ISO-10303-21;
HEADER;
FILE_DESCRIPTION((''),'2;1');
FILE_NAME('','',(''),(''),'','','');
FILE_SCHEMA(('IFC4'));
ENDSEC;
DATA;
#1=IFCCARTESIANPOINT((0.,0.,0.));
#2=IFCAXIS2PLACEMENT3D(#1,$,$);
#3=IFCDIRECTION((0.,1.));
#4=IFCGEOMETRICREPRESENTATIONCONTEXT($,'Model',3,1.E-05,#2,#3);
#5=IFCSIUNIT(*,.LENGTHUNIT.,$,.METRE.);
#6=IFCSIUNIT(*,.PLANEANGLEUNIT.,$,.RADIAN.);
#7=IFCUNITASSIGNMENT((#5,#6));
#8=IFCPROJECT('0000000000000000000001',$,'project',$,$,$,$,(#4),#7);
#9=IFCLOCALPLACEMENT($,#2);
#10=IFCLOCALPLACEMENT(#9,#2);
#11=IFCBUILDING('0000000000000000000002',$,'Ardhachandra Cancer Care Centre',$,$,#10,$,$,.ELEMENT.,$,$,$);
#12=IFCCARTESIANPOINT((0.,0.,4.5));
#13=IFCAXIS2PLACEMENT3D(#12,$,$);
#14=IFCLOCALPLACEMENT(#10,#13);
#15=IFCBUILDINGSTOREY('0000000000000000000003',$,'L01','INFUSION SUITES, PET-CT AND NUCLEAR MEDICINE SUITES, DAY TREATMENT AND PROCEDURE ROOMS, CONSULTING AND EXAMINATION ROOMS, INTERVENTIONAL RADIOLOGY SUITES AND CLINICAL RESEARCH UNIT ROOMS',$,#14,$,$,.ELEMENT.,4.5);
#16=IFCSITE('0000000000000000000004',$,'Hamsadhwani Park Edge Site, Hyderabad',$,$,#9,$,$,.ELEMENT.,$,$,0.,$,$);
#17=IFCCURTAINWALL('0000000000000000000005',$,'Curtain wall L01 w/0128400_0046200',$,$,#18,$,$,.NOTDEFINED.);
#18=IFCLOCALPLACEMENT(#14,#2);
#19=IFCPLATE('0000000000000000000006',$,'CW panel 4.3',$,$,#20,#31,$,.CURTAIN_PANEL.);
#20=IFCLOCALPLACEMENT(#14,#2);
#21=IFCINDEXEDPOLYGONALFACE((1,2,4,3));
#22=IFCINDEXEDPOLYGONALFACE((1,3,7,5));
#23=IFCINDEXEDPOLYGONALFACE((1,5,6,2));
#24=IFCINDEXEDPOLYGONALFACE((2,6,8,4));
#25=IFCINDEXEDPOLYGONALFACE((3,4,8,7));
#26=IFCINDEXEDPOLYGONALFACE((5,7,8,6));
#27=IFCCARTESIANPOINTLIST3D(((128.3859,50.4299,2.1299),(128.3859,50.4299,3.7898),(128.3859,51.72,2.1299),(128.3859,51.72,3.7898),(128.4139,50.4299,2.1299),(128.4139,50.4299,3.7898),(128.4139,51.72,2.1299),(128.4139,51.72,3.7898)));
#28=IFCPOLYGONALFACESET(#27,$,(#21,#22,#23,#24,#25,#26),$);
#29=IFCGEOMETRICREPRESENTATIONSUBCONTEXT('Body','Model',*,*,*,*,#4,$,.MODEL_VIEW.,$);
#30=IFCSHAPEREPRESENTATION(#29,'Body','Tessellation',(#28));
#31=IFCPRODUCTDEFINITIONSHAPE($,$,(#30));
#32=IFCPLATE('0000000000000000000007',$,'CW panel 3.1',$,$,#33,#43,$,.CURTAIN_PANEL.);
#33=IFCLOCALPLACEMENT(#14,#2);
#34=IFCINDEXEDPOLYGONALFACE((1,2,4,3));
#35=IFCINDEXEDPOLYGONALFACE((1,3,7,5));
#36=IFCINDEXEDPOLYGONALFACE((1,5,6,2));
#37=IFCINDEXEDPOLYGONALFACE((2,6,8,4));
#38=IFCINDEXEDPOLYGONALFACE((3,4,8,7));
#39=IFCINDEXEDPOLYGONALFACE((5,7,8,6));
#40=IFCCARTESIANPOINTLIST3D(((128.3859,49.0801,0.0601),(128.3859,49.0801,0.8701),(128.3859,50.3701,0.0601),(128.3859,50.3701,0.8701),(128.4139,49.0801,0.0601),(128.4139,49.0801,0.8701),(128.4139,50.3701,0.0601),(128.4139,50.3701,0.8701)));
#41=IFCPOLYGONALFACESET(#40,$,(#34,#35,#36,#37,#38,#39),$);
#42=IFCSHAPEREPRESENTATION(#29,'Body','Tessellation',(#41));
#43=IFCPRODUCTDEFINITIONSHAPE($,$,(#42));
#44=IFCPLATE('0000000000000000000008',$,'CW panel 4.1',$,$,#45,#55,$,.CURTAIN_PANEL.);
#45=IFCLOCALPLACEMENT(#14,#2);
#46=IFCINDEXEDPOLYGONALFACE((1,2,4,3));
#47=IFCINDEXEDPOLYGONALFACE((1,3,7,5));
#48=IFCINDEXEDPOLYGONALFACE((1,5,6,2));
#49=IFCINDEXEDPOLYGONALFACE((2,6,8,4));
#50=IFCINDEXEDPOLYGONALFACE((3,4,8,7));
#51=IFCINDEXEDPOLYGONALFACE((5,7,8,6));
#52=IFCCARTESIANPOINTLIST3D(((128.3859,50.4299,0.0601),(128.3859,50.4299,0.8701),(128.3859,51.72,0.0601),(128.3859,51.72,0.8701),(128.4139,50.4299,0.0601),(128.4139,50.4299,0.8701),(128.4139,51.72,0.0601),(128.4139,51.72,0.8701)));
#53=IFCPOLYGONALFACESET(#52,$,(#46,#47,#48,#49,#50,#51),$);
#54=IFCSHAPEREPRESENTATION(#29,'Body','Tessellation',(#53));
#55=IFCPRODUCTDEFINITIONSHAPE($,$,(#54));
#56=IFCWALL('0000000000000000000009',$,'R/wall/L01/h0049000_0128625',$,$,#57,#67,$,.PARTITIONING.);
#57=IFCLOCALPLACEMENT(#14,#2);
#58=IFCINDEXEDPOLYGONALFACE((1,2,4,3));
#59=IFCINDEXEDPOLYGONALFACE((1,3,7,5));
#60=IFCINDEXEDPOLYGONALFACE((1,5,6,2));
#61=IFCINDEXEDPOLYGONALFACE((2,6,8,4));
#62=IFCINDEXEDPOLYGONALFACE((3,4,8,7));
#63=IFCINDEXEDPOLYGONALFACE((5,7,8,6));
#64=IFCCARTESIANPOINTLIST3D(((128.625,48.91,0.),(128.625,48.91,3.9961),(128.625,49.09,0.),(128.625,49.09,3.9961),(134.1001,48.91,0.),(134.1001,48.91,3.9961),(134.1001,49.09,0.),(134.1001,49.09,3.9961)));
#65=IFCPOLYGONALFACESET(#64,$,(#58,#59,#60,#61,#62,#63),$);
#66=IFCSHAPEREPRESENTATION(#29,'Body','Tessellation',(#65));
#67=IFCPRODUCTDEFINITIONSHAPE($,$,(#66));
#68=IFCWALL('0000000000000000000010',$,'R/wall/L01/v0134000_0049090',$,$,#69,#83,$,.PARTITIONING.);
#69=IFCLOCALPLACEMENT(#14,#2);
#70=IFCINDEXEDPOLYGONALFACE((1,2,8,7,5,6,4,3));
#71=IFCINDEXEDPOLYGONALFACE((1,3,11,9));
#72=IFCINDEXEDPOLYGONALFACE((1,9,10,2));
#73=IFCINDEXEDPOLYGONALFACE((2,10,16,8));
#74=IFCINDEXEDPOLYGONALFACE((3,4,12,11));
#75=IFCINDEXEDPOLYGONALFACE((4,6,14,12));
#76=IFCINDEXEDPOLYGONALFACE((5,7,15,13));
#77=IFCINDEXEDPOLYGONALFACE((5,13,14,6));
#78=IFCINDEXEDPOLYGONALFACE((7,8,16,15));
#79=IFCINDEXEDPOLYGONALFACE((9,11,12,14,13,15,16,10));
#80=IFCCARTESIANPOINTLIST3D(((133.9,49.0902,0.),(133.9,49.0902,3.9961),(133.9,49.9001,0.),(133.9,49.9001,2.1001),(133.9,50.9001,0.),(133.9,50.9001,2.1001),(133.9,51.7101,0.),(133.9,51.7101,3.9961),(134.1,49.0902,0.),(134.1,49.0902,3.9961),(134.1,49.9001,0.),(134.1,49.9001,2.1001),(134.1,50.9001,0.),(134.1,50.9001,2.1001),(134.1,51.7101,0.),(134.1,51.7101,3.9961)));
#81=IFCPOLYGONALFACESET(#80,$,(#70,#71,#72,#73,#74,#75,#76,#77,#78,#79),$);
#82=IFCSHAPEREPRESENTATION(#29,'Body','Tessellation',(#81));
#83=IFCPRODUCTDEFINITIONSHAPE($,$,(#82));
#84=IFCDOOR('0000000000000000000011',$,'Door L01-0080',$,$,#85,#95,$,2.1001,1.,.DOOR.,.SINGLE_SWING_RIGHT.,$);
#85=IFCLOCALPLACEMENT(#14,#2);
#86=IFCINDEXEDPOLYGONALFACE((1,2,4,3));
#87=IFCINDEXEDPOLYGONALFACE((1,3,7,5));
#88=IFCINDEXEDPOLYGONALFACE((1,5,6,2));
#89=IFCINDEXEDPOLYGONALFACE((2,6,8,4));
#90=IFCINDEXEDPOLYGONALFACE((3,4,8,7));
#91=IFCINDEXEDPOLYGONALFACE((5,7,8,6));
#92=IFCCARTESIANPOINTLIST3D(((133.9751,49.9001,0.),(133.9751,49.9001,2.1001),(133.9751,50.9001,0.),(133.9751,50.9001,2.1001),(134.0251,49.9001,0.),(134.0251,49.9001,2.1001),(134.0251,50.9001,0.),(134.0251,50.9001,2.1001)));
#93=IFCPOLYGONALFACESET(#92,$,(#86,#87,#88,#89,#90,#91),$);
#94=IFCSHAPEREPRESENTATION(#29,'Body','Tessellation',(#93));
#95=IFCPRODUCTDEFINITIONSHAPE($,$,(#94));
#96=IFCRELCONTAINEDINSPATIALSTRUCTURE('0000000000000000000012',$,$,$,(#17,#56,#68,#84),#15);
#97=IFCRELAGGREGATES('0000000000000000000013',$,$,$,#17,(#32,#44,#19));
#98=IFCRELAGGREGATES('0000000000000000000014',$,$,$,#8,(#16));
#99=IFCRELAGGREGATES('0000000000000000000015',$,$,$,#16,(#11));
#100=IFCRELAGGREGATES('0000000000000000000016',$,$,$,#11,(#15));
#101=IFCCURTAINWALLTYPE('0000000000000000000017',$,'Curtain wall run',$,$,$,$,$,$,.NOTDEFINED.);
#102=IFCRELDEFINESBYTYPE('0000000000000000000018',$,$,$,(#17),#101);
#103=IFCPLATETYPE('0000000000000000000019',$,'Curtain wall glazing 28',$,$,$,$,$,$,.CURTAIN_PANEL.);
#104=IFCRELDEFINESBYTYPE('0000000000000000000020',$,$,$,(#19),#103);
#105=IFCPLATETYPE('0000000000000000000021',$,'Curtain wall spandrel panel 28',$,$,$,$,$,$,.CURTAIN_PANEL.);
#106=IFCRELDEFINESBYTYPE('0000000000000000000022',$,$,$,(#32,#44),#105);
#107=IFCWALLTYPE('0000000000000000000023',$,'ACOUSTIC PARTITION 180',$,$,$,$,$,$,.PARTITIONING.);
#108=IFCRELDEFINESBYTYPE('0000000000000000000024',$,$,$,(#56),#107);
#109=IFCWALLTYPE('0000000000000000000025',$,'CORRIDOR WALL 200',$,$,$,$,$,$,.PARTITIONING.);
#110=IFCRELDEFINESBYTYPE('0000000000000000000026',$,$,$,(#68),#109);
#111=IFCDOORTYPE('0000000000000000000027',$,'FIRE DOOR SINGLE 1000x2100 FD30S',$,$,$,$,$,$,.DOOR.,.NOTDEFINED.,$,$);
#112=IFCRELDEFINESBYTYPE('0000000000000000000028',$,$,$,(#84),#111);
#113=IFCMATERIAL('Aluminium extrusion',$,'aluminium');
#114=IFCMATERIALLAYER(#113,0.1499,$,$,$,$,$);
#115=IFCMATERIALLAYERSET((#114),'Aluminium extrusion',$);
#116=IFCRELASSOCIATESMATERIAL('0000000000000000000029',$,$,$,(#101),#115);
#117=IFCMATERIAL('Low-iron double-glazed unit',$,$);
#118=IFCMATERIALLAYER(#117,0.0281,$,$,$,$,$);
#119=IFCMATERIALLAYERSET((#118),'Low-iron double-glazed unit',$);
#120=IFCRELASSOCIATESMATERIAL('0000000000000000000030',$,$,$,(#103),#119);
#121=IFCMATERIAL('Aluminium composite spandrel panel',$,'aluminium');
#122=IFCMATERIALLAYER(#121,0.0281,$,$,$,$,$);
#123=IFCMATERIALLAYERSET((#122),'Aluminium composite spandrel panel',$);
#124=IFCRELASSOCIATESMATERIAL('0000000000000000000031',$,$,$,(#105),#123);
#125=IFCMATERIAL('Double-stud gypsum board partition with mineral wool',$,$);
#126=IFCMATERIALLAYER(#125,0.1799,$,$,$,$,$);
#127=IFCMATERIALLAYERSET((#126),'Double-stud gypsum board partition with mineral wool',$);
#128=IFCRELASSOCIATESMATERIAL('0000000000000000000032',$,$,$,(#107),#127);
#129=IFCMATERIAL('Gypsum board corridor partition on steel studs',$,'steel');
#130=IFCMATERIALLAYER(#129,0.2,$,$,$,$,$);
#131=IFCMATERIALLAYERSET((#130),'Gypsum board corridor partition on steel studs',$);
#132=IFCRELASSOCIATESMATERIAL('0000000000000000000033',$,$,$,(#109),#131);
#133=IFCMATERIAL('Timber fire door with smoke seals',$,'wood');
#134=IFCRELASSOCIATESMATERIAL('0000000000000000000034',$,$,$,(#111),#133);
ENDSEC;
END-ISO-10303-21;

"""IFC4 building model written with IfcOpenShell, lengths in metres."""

from ifc_helpers import new_model, si_unit, direction, frame, frame_2d, origin, origin_2d, place, context, subcontext, project, spatial, rectangle, extrude, material, layer, layer_set, type_object, element, fill, aggregate, save


model = new_model("IFC4")

# Units and contexts
model_context = context("Model", 3, precision=1e-05, world=origin(), true_north=direction((0.0, 1.0)))
body_context = subcontext(model_context, "Body", "Model", "MODEL_VIEW")
ifc_project = project(units=[si_unit("LENGTHUNIT", "METRE"), si_unit("PLANEANGLEUNIT", "RADIAN")], contexts=[model_context])

# Site, building, storey
site_placement = place(None, origin())
site = spatial("IfcSite", under=ifc_project, at=site_placement, Name="Hamsadhwani Park Edge Site, Hyderabad", CompositionType="ELEMENT", RefElevation=0.0)
building_placement = place(site_placement, origin())
building = spatial("IfcBuilding", under=site, at=building_placement, Name="Ardhachandra Cancer Care Centre", CompositionType="ELEMENT")
storey_placement = place(building_placement, frame((0.0, 0.0, 4.5)))
storey = spatial("IfcBuildingStorey", under=building, at=storey_placement, Name="L01", Description="INFUSION SUITES, PET-CT AND NUCLEAR MEDICINE SUITES, DAY TREATMENT AND PROCEDURE ROOMS, CONSULTING AND EXAMINATION ROOMS, INTERVENTIONAL RADIOLOGY SUITES AND CLINICAL RESEARCH UNIT ROOMS", CompositionType="ELEMENT", Elevation=4.5)

# Curtain wall, plates
ifc_material_1 = material(Name="Aluminium extrusion", Category="aluminium")
ifc_layer_1 = layer(ifc_material_1, 0.1499)
ifc_layer_set_1 = layer_set([ifc_layer_1], Name="Aluminium extrusion")
curtain_wall_type = type_object("IfcCurtainWallType", Name="Curtain wall run", PredefinedType="NOTDEFINED", material=ifc_layer_set_1)
curtain_wall_placement = place(storey_placement, origin())
curtain_wall = element("IfcCurtainWall", 1, at=curtain_wall_placement, inside=storey, type_object=curtain_wall_type, Name="Curtain wall L01 w/0128400_0046200", PredefinedType="NOTDEFINED")
ifc_material_2 = material(Name="Low-iron double-glazed unit")
ifc_layer_2 = layer(ifc_material_2, 0.0281)
ifc_layer_set_2 = layer_set([ifc_layer_2], Name="Low-iron double-glazed unit")
plate_type_1 = type_object("IfcPlateType", Name="Curtain wall glazing 28", PredefinedType="CURTAIN_PANEL", material=ifc_layer_set_2)
plate_1_placement = place(storey_placement, frame((128.3999, 51.075, 2.1299), z_axis=(0.0, 0.0, 1.0), x_axis=(0.0, 1.0, 0.0)))
plate_1 = element("IfcPlate", 2, at=plate_1_placement, type_object=plate_type_1, Name="CW panel 4.3", PredefinedType="CURTAIN_PANEL", context=body_context, shape_type="SweptSolid", body=[
    extrude(rectangle(XDim=1.29, YDim=0.0281, at=origin_2d()), origin(), (0.0, 0.0, 1.0), 1.6599),
])
ifc_material_3 = material(Name="Aluminium composite spandrel panel", Category="aluminium")
ifc_layer_3 = layer(ifc_material_3, 0.0281)
ifc_layer_set_3 = layer_set([ifc_layer_3], Name="Aluminium composite spandrel panel")
plate_type_2 = type_object("IfcPlateType", Name="Curtain wall spandrel panel 28", PredefinedType="CURTAIN_PANEL", material=ifc_layer_set_3)
plate_2_placement = place(storey_placement, frame((128.3999, 49.7251, 0.0601), z_axis=(0.0, 0.0, 1.0), x_axis=(0.0, 1.0, 0.0)))
plate_2 = element("IfcPlate", 3, at=plate_2_placement, type_object=plate_type_2, Name="CW panel 3.1", PredefinedType="CURTAIN_PANEL", context=body_context, shape_type="SweptSolid", body=[
    extrude(rectangle(XDim=1.29, YDim=0.0281, at=origin_2d()), origin(), (0.0, 0.0, 1.0), 0.8101),
])
plate_3_placement = place(storey_placement, frame((128.3999, 51.075, 0.0601), z_axis=(0.0, 0.0, 1.0), x_axis=(0.0, 1.0, 0.0)))
plate_3 = element("IfcPlate", 4, at=plate_3_placement, type_object=plate_type_2, Name="CW panel 4.1", PredefinedType="CURTAIN_PANEL", context=body_context, shape_type="SweptSolid", body=[
    extrude(rectangle(XDim=1.29, YDim=0.0281, at=origin_2d()), origin(), (0.0, 0.0, 1.0), 0.8101),
])
aggregate(curtain_wall, [plate_2, plate_3, plate_1])

# Wall
ifc_material_4 = material(Name="Double-stud gypsum board partition with mineral wool")
ifc_layer_4 = layer(ifc_material_4, 0.1799)
ifc_layer_set_4 = layer_set([ifc_layer_4], Name="Double-stud gypsum board partition with mineral wool")
wall_type_1 = type_object("IfcWallType", Name="ACOUSTIC PARTITION 180", PredefinedType="PARTITIONING", material=ifc_layer_set_4)
wall_1_placement = place(storey_placement, frame((128.625, 49.0, 0.0), z_axis=(0.0, 0.0, 1.0), x_axis=(1.0, 0.0, 0.0)))
element("IfcWall", 5, at=wall_1_placement, inside=storey, type_object=wall_type_1, Name="R/wall/L01/h0049000_0128625", PredefinedType="PARTITIONING", context=body_context, shape_type="SweptSolid", body=[
    extrude(rectangle(XDim=5.4751, YDim=0.1799, at=frame_2d((2.7375, 0.0))), origin(), (0.0, 0.0, 1.0), 3.9961),
])

# Wall, opening, door
ifc_material_5 = material(Name="Gypsum board corridor partition on steel studs", Category="steel")
ifc_layer_5 = layer(ifc_material_5, 0.2)
ifc_layer_set_5 = layer_set([ifc_layer_5], Name="Gypsum board corridor partition on steel studs")
wall_type_2 = type_object("IfcWallType", Name="CORRIDOR WALL 200", PredefinedType="PARTITIONING", material=ifc_layer_set_5)
wall_2_placement = place(storey_placement, frame((134.0, 49.0901, 0.0), z_axis=(0.0, 0.0, 1.0), x_axis=(0.0, 1.0, 0.0)))
wall_2 = element("IfcWall", 6, at=wall_2_placement, inside=storey, type_object=wall_type_2, Name="R/wall/L01/v0134000_0049090", PredefinedType="PARTITIONING", context=body_context, shape_type="SweptSolid", body=[
    extrude(rectangle(XDim=2.6199, YDim=0.2, at=frame_2d((1.3101, 0.0))), origin(), (0.0, 0.0, 1.0), 3.9961),
])
opening_placement = place(wall_2_placement, frame((0.8101, 0.0, 0.0)))
opening = element("IfcOpeningElement", 7, at=opening_placement, cuts=wall_2, PredefinedType="OPENING", context=body_context, shape_type="SweptSolid", body=[
    extrude(rectangle(XDim=1.0, YDim=2.1001, at=frame_2d((0.5, 1.05))), frame((0.0, 0.1099, 0.0), z_axis=(0.0, -1.0, 0.0), x_axis=(1.0, 0.0, 0.0)), (0.0, 0.0, 1.0), 0.22),
])
ifc_material_6 = material(Name="Timber fire door with smoke seals", Category="wood")
door_type = type_object("IfcDoorType", Name="FIRE DOOR SINGLE 1000x2100 FD30S", OperationType="NOTDEFINED", PredefinedType="DOOR", material=ifc_material_6)
door_placement = place(opening_placement, origin())
door = element("IfcDoor", 8, at=door_placement, inside=storey, type_object=door_type, Name="Door L01-0080", OperationType="SINGLE_SWING_RIGHT", OverallHeight=2.1001, OverallWidth=1.0, PredefinedType="DOOR", context=body_context, shape_type="SweptSolid", body=[
    extrude(rectangle(XDim=1.0, YDim=2.1001, at=frame_2d((0.5, 1.05))), frame((0.0, 0.0249, 0.0), z_axis=(0.0, -1.0, 0.0), x_axis=(1.0, 0.0, 0.0)), (0.0, 0.0, 1.0), 0.05),
])
fill(opening, door)

save(model, "model.ifc")
